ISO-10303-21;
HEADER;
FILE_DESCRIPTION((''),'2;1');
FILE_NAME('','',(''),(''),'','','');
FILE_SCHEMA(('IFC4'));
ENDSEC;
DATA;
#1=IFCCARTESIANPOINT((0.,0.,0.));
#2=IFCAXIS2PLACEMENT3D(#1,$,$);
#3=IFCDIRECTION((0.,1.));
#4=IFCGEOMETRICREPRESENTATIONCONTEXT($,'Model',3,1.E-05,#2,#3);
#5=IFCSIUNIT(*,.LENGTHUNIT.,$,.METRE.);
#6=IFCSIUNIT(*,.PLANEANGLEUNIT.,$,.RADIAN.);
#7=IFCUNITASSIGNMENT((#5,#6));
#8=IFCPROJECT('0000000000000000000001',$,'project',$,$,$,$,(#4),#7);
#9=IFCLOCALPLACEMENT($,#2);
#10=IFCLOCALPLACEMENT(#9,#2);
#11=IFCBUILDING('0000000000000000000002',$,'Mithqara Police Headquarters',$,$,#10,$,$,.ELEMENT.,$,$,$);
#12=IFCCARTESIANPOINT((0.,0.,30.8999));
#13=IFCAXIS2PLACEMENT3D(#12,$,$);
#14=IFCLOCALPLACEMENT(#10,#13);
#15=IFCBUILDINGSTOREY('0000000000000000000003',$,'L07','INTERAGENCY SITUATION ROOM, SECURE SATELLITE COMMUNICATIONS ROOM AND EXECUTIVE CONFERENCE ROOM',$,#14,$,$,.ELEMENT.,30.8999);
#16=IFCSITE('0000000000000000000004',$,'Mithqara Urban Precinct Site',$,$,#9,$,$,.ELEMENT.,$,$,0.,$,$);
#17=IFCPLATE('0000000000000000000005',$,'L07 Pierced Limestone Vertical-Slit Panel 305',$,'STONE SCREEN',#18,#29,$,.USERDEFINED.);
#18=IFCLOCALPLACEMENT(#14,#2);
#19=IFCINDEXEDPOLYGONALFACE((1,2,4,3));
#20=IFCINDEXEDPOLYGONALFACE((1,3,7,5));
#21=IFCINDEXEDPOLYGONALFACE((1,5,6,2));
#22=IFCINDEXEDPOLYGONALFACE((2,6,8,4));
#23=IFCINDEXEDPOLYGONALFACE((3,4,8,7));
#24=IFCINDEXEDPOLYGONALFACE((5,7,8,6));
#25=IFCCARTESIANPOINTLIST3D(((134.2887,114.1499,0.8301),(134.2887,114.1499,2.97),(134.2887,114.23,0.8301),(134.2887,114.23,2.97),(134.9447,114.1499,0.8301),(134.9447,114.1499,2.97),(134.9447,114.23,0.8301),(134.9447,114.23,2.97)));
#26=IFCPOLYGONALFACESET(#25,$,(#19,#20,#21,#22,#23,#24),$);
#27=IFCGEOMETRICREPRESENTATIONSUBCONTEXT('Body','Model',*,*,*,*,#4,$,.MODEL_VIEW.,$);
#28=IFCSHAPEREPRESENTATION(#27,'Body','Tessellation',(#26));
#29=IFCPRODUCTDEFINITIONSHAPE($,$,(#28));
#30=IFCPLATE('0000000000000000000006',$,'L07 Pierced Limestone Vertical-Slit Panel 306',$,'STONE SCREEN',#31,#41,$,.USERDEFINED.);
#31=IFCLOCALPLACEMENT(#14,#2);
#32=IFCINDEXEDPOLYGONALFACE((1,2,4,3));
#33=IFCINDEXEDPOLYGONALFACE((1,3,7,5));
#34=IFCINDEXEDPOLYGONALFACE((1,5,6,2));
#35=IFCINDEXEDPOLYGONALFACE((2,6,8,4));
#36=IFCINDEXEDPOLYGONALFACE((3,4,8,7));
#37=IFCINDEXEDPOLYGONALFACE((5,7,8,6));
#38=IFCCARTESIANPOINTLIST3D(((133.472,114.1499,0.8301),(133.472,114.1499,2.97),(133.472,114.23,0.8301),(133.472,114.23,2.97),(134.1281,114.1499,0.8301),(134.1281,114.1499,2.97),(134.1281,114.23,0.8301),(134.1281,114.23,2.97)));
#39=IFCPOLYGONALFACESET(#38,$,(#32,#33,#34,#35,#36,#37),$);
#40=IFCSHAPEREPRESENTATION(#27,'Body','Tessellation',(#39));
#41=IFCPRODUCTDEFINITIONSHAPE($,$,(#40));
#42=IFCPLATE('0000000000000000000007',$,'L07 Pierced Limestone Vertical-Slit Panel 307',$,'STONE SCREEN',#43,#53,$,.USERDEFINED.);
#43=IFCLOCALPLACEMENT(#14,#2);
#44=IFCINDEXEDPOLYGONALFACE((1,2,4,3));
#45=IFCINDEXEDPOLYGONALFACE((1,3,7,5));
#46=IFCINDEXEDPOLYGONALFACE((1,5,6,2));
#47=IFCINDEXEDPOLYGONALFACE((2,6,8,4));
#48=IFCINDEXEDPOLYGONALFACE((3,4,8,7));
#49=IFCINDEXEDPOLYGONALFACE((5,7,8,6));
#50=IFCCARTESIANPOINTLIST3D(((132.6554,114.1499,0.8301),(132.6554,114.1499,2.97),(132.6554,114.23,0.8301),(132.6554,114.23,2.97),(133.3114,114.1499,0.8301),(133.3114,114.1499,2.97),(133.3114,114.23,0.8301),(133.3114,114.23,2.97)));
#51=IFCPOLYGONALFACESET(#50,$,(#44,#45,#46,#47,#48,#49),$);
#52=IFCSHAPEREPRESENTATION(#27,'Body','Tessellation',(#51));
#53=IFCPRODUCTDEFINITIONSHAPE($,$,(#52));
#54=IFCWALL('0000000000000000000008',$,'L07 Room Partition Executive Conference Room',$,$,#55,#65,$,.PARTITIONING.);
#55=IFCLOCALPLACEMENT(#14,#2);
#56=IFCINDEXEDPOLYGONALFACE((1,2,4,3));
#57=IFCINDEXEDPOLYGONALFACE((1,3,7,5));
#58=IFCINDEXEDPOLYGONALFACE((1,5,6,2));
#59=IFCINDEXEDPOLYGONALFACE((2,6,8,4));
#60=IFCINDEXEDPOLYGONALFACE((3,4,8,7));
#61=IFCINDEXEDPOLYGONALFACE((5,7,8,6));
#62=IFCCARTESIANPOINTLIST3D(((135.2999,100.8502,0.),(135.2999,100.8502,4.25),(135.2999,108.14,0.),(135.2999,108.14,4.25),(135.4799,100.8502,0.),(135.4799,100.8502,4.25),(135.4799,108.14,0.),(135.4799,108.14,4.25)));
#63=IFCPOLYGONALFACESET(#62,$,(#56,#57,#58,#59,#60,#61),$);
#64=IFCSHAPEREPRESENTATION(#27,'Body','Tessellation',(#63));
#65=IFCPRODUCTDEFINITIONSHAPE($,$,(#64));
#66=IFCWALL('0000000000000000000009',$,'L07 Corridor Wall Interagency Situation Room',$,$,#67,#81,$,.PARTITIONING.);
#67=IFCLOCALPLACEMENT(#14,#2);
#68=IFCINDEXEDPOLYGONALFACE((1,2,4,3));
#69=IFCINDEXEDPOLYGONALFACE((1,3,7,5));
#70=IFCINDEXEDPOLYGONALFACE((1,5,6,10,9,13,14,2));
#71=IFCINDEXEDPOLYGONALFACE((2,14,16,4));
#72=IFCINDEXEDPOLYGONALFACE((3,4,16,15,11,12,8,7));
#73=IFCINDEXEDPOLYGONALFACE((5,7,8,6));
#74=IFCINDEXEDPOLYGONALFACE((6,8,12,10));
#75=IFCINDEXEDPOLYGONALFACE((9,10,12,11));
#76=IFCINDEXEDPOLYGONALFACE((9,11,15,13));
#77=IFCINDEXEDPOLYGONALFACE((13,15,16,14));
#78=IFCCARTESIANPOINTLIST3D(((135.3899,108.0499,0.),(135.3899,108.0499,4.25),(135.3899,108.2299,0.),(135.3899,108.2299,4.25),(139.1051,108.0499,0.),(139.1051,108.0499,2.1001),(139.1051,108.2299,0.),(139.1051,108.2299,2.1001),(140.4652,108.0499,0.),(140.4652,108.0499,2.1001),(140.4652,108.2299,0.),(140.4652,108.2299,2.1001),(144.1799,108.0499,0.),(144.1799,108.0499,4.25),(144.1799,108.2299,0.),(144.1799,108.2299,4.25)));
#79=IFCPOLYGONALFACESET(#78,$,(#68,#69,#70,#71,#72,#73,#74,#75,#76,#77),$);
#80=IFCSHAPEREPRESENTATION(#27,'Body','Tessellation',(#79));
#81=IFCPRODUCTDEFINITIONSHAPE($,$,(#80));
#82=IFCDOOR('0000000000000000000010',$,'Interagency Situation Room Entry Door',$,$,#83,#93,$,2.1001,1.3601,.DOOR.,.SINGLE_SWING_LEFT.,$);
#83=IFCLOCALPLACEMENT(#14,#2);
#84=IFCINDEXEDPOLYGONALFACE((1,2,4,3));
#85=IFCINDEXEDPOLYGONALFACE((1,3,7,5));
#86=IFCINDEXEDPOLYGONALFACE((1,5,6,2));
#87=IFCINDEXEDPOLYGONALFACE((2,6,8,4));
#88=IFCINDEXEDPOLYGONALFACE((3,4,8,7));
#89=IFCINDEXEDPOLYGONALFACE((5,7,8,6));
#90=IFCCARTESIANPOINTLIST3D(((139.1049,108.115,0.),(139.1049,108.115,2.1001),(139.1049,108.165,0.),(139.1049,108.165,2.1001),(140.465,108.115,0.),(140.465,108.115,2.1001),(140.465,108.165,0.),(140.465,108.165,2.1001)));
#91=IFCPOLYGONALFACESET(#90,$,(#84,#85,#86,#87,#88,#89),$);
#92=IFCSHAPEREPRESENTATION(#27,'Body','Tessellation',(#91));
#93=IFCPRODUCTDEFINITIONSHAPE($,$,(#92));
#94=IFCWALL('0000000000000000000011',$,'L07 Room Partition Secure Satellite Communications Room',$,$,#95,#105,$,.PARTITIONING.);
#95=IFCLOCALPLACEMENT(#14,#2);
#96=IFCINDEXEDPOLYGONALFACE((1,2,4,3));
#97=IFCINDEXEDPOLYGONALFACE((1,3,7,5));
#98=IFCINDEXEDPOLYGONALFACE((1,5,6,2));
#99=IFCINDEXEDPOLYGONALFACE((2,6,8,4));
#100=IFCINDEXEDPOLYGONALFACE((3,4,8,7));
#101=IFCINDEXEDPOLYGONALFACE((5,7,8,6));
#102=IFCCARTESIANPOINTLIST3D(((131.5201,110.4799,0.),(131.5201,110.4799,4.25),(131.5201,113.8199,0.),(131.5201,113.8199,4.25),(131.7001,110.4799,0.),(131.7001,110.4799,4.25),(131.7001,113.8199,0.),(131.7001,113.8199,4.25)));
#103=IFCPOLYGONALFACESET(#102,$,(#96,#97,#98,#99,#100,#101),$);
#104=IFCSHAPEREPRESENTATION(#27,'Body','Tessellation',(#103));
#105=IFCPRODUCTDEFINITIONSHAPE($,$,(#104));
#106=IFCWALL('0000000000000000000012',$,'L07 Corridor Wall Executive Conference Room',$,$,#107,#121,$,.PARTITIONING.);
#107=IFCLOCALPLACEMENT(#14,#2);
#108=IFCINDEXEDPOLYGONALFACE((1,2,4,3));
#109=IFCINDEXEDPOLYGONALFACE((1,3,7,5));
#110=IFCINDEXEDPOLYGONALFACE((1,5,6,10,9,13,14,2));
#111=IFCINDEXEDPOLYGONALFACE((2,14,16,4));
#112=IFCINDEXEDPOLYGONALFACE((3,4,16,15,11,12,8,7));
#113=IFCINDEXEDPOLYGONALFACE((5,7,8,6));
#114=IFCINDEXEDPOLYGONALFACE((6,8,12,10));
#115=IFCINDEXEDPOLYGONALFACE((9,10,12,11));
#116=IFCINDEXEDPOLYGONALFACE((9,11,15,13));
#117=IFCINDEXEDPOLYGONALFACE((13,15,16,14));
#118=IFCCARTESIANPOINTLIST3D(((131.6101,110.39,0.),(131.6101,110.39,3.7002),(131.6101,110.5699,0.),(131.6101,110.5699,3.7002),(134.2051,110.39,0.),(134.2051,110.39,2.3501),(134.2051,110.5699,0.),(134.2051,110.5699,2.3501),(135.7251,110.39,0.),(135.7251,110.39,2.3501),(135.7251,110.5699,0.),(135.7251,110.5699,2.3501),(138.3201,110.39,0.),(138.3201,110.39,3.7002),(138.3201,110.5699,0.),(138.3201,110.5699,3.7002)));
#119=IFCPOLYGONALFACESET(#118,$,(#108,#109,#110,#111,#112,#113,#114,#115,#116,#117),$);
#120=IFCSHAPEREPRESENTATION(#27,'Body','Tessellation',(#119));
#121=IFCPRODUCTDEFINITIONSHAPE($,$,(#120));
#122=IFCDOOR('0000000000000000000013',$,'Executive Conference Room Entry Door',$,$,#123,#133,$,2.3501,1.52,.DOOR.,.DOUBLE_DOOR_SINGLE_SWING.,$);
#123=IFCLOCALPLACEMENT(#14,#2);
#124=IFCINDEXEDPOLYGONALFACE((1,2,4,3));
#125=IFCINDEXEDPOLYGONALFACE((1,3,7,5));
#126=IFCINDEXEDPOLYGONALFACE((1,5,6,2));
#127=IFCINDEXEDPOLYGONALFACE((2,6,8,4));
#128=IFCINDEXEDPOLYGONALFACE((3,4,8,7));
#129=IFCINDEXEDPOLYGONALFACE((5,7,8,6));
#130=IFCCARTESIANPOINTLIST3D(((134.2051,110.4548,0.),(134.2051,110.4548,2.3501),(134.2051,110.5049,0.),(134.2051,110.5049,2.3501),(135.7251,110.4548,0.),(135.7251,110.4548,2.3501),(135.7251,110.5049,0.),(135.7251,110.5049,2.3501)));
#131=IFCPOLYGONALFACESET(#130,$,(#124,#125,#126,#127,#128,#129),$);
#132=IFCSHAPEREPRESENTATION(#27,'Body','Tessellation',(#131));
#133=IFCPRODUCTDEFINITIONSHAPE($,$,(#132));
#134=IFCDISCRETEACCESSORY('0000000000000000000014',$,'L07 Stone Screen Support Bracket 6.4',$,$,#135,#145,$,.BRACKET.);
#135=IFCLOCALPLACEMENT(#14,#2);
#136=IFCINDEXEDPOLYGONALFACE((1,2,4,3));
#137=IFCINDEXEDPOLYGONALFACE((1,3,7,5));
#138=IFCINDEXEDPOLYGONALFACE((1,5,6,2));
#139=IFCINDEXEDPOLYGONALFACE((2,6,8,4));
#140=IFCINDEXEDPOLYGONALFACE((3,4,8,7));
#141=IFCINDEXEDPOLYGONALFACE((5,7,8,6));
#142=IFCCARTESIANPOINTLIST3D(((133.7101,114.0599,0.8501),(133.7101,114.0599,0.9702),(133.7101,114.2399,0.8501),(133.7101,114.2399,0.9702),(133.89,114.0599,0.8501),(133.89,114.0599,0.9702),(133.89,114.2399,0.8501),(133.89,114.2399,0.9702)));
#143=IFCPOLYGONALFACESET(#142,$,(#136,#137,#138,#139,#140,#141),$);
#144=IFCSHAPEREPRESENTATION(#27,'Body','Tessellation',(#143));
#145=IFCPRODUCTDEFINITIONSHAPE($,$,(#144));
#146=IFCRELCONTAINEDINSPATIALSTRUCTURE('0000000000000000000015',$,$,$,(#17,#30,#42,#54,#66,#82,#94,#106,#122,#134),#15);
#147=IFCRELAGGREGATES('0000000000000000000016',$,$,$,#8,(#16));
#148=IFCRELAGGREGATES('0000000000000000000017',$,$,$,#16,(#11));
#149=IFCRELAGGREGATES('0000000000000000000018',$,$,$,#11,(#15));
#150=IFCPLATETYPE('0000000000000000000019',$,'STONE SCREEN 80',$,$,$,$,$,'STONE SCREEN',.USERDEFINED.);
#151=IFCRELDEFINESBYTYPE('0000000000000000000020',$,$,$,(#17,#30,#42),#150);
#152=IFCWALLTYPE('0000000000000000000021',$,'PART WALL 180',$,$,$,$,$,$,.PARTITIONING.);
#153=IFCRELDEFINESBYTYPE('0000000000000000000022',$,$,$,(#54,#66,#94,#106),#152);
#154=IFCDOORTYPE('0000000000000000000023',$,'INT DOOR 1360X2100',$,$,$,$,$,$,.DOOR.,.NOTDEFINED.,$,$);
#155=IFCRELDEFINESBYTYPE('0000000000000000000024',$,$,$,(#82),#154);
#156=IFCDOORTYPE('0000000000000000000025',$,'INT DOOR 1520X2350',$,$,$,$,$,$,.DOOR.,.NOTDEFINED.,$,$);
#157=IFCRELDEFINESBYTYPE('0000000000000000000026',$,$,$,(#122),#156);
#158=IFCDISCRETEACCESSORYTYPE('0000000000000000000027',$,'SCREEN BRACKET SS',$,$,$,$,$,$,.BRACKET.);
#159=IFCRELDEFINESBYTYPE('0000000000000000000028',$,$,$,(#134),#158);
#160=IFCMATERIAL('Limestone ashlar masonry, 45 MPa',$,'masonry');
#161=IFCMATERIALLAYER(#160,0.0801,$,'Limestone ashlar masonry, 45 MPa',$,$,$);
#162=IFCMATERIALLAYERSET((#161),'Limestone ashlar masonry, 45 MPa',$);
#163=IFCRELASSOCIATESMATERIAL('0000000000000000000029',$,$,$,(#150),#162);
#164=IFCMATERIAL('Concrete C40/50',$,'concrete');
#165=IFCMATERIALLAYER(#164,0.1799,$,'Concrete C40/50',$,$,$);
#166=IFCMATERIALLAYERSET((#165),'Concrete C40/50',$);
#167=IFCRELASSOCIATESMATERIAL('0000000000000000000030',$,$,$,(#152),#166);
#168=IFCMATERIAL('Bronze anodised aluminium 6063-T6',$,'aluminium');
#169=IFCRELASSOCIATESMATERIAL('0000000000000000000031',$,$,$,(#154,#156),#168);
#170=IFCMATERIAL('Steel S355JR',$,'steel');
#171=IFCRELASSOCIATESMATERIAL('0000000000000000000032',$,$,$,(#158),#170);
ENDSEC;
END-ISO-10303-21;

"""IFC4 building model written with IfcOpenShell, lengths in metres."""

from ifc_helpers import new_model, si_unit, direction, frame, frame_2d, origin, origin_2d, place, context, subcontext, project, spatial, rectangle, extrude, material, layer, layer_set, type_object, element, fill, save


model = new_model("IFC4")

# Units and contexts
model_context = context("Model", 3, precision=1e-05, world=origin(), true_north=direction((0.0, 1.0)))
body_context = subcontext(model_context, "Body", "Model", "MODEL_VIEW")
ifc_project = project(units=[si_unit("LENGTHUNIT", "METRE"), si_unit("PLANEANGLEUNIT", "RADIAN")], contexts=[model_context])

# Site, building, storey
site_placement = place(None, origin())
site = spatial("IfcSite", under=ifc_project, at=site_placement, Name="Mithqara Urban Precinct Site", CompositionType="ELEMENT", RefElevation=0.0)
building_placement = place(site_placement, origin())
building = spatial("IfcBuilding", under=site, at=building_placement, Name="Mithqara Police Headquarters", CompositionType="ELEMENT")
storey_placement = place(building_placement, frame((0.0, 0.0, 30.8999)))
storey = spatial("IfcBuildingStorey", under=building, at=storey_placement, Name="L07", Description="INTERAGENCY SITUATION ROOM, SECURE SATELLITE COMMUNICATIONS ROOM AND EXECUTIVE CONFERENCE ROOM", CompositionType="ELEMENT", Elevation=30.8999)

# Shared definitions
ifc_material_1 = material(Name="Steel S355JR", Category="steel")
ifc_material_2 = material(Name="Concrete C40/50", Category="concrete")

# Plates
ifc_material_3 = material(Name="Limestone ashlar masonry, 45 MPa", Category="masonry")
ifc_layer_1 = layer(ifc_material_3, 0.0801, Name="Limestone ashlar masonry, 45 MPa")
ifc_layer_set_1 = layer_set([ifc_layer_1], Name="Limestone ashlar masonry, 45 MPa")
plate_type = type_object("IfcPlateType", Name="STONE SCREEN 80", ElementType="STONE SCREEN", PredefinedType="USERDEFINED", material=ifc_layer_set_1)
for number, where, z_axis, x_axis, name in (
    (1, (134.6167, 114.1899, 0.8301), (0.0, 0.0, 1.0), (1.0, 0.0, 0.0), "L07 Pierced Limestone Vertical-Slit Panel 305"),
    (2, (133.8, 114.1899, 0.8301), (0.0, 0.0, 1.0), (1.0, 0.0, 0.0), "L07 Pierced Limestone Vertical-Slit Panel 306"),
    (3, (132.9834, 114.1899, 0.8301), (0.0, 0.0, 1.0), (1.0, 0.0, 0.0), "L07 Pierced Limestone Vertical-Slit Panel 307"),
):
    element("IfcPlate", number, at=place(storey_placement, frame(where, z_axis=z_axis, x_axis=x_axis)), inside=storey, type_object=plate_type, Name=name, ObjectType="STONE SCREEN", PredefinedType="USERDEFINED", context=body_context, shape_type="SweptSolid", body=[
        extrude(rectangle(XDim=0.656, YDim=0.0801, at=origin_2d()), origin(), (0.0, 0.0, 1.0), 2.1399),
    ])

# Wall
ifc_layer_2 = layer(ifc_material_2, 0.1799, Name="Concrete C40/50")
ifc_layer_set_2 = layer_set([ifc_layer_2], Name="Concrete C40/50")
wall_type = type_object("IfcWallType", Name="PART WALL 180", PredefinedType="PARTITIONING", material=ifc_layer_set_2)
wall_1_placement = place(storey_placement, frame((135.3899, 100.8501, 0.0), z_axis=(0.0, 0.0, 1.0), x_axis=(0.0, 1.0, 0.0)))
element("IfcWall", 4, at=wall_1_placement, inside=storey, type_object=wall_type, Name="L07 Room Partition Executive Conference Room", PredefinedType="PARTITIONING", context=body_context, shape_type="SweptSolid", body=[
    extrude(rectangle(XDim=7.2898, YDim=0.1799, at=frame_2d((3.645, 0.0))), origin(), (0.0, 0.0, 1.0), 4.25),
])

# Wall, opening, door
wall_2_placement = place(storey_placement, frame((135.3899, 108.1399, 0.0), z_axis=(0.0, 0.0, 1.0), x_axis=(1.0, 0.0, 0.0)))
wall_2 = element("IfcWall", 5, at=wall_2_placement, inside=storey, type_object=wall_type, Name="L07 Corridor Wall Interagency Situation Room", PredefinedType="PARTITIONING", context=body_context, shape_type="SweptSolid", body=[
    extrude(rectangle(XDim=8.79, YDim=0.1799, at=frame_2d((4.395, 0.0))), origin(), (0.0, 0.0, 1.0), 4.25),
])
opening_1_placement = place(wall_2_placement, frame((3.7151, 0.0, 0.0)))
opening_1 = element("IfcOpeningElement", 6, at=opening_1_placement, cuts=wall_2, PredefinedType="OPENING", context=body_context, shape_type="SweptSolid", body=[
    extrude(rectangle(XDim=1.3601, YDim=2.1001, at=frame_2d((0.6802, 1.05))), frame((0.0, 0.1001, 0.0), z_axis=(0.0, -1.0, 0.0), x_axis=(1.0, 0.0, 0.0)), (0.0, 0.0, 1.0), 0.2),
])
ifc_material_4 = material(Name="Bronze anodised aluminium 6063-T6", Category="aluminium")
door_type_1 = type_object("IfcDoorType", Name="INT DOOR 1360X2100", OperationType="NOTDEFINED", PredefinedType="DOOR", material=ifc_material_4)
door_1_placement = place(opening_1_placement, frame((1.3601, 0.0, 0.0), z_axis=(0.0, 0.0, 1.0), x_axis=(-1.0, 0.0, 0.0)))
door_1 = element("IfcDoor", 7, at=door_1_placement, inside=storey, type_object=door_type_1, Name="Interagency Situation Room Entry Door", OperationType="SINGLE_SWING_LEFT", OverallHeight=2.1001, OverallWidth=1.3601, PredefinedType="DOOR", context=body_context, shape_type="SweptSolid", body=[
    extrude(rectangle(XDim=1.3601, YDim=2.1001, at=frame_2d((0.6802, 1.05))), frame((0.0, 0.0249, 0.0), z_axis=(0.0, -1.0, 0.0), x_axis=(1.0, 0.0, 0.0)), (0.0, 0.0, 1.0), 0.05),
])
fill(opening_1, door_1)

# Wall
wall_3_placement = place(storey_placement, frame((131.6101, 110.48, 0.0), z_axis=(0.0, 0.0, 1.0), x_axis=(0.0, 1.0, 0.0)))
element("IfcWall", 8, at=wall_3_placement, inside=storey, type_object=wall_type, Name="L07 Room Partition Secure Satellite Communications Room", PredefinedType="PARTITIONING", context=body_context, shape_type="SweptSolid", body=[
    extrude(rectangle(XDim=3.3401, YDim=0.1799, at=frame_2d((1.6699, 0.0))), origin(), (0.0, 0.0, 1.0), 4.25),
])

# Wall, opening, door
wall_4_placement = place(storey_placement, frame((131.6101, 110.48, 0.0), z_axis=(0.0, 0.0, 1.0), x_axis=(1.0, 0.0, 0.0)))
wall_4 = element("IfcWall", 9, at=wall_4_placement, inside=storey, type_object=wall_type, Name="L07 Corridor Wall Executive Conference Room", PredefinedType="PARTITIONING", context=body_context, shape_type="SweptSolid", body=[
    extrude(rectangle(XDim=6.71, YDim=0.1799, at=frame_2d((3.355, 0.0))), origin(), (0.0, 0.0, 1.0), 3.7002),
])
opening_2_placement = place(wall_4_placement, frame((2.595, 0.0, 0.0)))
opening_2 = element("IfcOpeningElement", 10, at=opening_2_placement, cuts=wall_4, PredefinedType="OPENING", context=body_context, shape_type="SweptSolid", body=[
    extrude(rectangle(XDim=1.52, YDim=2.3501, at=frame_2d((0.76, 1.175))), frame((0.0, 0.1001, 0.0), z_axis=(0.0, -1.0, 0.0), x_axis=(1.0, 0.0, 0.0)), (0.0, 0.0, 1.0), 0.2),
])
door_type_2 = type_object("IfcDoorType", Name="INT DOOR 1520X2350", OperationType="NOTDEFINED", PredefinedType="DOOR", material=ifc_material_4)
door_2_placement = place(opening_2_placement, origin())
door_2 = element("IfcDoor", 11, at=door_2_placement, inside=storey, type_object=door_type_2, Name="Executive Conference Room Entry Door", OperationType="DOUBLE_DOOR_SINGLE_SWING", OverallHeight=2.3501, OverallWidth=1.52, PredefinedType="DOOR", context=body_context, shape_type="SweptSolid", body=[
    extrude(rectangle(XDim=1.52, YDim=2.3501, at=frame_2d((0.76, 1.175))), frame((0.0, 0.0249, 0.0), z_axis=(0.0, -1.0, 0.0), x_axis=(1.0, 0.0, 0.0)), (0.0, 0.0, 1.0), 0.05),
])
fill(opening_2, door_2)

# Discrete accessory
discrete_accessory_type = type_object("IfcDiscreteAccessoryType", Name="SCREEN BRACKET SS", PredefinedType="BRACKET", material=ifc_material_1)
discrete_accessory_placement = place(storey_placement, frame((133.8, 114.1499, 0.8501), z_axis=(0.0, 0.0, 1.0), x_axis=(1.0, 0.0, 0.0)))
element("IfcDiscreteAccessory", 12, at=discrete_accessory_placement, inside=storey, type_object=discrete_accessory_type, Name="L07 Stone Screen Support Bracket 6.4", PredefinedType="BRACKET", context=body_context, shape_type="SweptSolid", body=[
    extrude(rectangle(XDim=0.1799, YDim=0.1799, at=origin_2d()), origin(), (0.0, 0.0, 1.0), 0.1201),
])

save(model, "model.ifc")
